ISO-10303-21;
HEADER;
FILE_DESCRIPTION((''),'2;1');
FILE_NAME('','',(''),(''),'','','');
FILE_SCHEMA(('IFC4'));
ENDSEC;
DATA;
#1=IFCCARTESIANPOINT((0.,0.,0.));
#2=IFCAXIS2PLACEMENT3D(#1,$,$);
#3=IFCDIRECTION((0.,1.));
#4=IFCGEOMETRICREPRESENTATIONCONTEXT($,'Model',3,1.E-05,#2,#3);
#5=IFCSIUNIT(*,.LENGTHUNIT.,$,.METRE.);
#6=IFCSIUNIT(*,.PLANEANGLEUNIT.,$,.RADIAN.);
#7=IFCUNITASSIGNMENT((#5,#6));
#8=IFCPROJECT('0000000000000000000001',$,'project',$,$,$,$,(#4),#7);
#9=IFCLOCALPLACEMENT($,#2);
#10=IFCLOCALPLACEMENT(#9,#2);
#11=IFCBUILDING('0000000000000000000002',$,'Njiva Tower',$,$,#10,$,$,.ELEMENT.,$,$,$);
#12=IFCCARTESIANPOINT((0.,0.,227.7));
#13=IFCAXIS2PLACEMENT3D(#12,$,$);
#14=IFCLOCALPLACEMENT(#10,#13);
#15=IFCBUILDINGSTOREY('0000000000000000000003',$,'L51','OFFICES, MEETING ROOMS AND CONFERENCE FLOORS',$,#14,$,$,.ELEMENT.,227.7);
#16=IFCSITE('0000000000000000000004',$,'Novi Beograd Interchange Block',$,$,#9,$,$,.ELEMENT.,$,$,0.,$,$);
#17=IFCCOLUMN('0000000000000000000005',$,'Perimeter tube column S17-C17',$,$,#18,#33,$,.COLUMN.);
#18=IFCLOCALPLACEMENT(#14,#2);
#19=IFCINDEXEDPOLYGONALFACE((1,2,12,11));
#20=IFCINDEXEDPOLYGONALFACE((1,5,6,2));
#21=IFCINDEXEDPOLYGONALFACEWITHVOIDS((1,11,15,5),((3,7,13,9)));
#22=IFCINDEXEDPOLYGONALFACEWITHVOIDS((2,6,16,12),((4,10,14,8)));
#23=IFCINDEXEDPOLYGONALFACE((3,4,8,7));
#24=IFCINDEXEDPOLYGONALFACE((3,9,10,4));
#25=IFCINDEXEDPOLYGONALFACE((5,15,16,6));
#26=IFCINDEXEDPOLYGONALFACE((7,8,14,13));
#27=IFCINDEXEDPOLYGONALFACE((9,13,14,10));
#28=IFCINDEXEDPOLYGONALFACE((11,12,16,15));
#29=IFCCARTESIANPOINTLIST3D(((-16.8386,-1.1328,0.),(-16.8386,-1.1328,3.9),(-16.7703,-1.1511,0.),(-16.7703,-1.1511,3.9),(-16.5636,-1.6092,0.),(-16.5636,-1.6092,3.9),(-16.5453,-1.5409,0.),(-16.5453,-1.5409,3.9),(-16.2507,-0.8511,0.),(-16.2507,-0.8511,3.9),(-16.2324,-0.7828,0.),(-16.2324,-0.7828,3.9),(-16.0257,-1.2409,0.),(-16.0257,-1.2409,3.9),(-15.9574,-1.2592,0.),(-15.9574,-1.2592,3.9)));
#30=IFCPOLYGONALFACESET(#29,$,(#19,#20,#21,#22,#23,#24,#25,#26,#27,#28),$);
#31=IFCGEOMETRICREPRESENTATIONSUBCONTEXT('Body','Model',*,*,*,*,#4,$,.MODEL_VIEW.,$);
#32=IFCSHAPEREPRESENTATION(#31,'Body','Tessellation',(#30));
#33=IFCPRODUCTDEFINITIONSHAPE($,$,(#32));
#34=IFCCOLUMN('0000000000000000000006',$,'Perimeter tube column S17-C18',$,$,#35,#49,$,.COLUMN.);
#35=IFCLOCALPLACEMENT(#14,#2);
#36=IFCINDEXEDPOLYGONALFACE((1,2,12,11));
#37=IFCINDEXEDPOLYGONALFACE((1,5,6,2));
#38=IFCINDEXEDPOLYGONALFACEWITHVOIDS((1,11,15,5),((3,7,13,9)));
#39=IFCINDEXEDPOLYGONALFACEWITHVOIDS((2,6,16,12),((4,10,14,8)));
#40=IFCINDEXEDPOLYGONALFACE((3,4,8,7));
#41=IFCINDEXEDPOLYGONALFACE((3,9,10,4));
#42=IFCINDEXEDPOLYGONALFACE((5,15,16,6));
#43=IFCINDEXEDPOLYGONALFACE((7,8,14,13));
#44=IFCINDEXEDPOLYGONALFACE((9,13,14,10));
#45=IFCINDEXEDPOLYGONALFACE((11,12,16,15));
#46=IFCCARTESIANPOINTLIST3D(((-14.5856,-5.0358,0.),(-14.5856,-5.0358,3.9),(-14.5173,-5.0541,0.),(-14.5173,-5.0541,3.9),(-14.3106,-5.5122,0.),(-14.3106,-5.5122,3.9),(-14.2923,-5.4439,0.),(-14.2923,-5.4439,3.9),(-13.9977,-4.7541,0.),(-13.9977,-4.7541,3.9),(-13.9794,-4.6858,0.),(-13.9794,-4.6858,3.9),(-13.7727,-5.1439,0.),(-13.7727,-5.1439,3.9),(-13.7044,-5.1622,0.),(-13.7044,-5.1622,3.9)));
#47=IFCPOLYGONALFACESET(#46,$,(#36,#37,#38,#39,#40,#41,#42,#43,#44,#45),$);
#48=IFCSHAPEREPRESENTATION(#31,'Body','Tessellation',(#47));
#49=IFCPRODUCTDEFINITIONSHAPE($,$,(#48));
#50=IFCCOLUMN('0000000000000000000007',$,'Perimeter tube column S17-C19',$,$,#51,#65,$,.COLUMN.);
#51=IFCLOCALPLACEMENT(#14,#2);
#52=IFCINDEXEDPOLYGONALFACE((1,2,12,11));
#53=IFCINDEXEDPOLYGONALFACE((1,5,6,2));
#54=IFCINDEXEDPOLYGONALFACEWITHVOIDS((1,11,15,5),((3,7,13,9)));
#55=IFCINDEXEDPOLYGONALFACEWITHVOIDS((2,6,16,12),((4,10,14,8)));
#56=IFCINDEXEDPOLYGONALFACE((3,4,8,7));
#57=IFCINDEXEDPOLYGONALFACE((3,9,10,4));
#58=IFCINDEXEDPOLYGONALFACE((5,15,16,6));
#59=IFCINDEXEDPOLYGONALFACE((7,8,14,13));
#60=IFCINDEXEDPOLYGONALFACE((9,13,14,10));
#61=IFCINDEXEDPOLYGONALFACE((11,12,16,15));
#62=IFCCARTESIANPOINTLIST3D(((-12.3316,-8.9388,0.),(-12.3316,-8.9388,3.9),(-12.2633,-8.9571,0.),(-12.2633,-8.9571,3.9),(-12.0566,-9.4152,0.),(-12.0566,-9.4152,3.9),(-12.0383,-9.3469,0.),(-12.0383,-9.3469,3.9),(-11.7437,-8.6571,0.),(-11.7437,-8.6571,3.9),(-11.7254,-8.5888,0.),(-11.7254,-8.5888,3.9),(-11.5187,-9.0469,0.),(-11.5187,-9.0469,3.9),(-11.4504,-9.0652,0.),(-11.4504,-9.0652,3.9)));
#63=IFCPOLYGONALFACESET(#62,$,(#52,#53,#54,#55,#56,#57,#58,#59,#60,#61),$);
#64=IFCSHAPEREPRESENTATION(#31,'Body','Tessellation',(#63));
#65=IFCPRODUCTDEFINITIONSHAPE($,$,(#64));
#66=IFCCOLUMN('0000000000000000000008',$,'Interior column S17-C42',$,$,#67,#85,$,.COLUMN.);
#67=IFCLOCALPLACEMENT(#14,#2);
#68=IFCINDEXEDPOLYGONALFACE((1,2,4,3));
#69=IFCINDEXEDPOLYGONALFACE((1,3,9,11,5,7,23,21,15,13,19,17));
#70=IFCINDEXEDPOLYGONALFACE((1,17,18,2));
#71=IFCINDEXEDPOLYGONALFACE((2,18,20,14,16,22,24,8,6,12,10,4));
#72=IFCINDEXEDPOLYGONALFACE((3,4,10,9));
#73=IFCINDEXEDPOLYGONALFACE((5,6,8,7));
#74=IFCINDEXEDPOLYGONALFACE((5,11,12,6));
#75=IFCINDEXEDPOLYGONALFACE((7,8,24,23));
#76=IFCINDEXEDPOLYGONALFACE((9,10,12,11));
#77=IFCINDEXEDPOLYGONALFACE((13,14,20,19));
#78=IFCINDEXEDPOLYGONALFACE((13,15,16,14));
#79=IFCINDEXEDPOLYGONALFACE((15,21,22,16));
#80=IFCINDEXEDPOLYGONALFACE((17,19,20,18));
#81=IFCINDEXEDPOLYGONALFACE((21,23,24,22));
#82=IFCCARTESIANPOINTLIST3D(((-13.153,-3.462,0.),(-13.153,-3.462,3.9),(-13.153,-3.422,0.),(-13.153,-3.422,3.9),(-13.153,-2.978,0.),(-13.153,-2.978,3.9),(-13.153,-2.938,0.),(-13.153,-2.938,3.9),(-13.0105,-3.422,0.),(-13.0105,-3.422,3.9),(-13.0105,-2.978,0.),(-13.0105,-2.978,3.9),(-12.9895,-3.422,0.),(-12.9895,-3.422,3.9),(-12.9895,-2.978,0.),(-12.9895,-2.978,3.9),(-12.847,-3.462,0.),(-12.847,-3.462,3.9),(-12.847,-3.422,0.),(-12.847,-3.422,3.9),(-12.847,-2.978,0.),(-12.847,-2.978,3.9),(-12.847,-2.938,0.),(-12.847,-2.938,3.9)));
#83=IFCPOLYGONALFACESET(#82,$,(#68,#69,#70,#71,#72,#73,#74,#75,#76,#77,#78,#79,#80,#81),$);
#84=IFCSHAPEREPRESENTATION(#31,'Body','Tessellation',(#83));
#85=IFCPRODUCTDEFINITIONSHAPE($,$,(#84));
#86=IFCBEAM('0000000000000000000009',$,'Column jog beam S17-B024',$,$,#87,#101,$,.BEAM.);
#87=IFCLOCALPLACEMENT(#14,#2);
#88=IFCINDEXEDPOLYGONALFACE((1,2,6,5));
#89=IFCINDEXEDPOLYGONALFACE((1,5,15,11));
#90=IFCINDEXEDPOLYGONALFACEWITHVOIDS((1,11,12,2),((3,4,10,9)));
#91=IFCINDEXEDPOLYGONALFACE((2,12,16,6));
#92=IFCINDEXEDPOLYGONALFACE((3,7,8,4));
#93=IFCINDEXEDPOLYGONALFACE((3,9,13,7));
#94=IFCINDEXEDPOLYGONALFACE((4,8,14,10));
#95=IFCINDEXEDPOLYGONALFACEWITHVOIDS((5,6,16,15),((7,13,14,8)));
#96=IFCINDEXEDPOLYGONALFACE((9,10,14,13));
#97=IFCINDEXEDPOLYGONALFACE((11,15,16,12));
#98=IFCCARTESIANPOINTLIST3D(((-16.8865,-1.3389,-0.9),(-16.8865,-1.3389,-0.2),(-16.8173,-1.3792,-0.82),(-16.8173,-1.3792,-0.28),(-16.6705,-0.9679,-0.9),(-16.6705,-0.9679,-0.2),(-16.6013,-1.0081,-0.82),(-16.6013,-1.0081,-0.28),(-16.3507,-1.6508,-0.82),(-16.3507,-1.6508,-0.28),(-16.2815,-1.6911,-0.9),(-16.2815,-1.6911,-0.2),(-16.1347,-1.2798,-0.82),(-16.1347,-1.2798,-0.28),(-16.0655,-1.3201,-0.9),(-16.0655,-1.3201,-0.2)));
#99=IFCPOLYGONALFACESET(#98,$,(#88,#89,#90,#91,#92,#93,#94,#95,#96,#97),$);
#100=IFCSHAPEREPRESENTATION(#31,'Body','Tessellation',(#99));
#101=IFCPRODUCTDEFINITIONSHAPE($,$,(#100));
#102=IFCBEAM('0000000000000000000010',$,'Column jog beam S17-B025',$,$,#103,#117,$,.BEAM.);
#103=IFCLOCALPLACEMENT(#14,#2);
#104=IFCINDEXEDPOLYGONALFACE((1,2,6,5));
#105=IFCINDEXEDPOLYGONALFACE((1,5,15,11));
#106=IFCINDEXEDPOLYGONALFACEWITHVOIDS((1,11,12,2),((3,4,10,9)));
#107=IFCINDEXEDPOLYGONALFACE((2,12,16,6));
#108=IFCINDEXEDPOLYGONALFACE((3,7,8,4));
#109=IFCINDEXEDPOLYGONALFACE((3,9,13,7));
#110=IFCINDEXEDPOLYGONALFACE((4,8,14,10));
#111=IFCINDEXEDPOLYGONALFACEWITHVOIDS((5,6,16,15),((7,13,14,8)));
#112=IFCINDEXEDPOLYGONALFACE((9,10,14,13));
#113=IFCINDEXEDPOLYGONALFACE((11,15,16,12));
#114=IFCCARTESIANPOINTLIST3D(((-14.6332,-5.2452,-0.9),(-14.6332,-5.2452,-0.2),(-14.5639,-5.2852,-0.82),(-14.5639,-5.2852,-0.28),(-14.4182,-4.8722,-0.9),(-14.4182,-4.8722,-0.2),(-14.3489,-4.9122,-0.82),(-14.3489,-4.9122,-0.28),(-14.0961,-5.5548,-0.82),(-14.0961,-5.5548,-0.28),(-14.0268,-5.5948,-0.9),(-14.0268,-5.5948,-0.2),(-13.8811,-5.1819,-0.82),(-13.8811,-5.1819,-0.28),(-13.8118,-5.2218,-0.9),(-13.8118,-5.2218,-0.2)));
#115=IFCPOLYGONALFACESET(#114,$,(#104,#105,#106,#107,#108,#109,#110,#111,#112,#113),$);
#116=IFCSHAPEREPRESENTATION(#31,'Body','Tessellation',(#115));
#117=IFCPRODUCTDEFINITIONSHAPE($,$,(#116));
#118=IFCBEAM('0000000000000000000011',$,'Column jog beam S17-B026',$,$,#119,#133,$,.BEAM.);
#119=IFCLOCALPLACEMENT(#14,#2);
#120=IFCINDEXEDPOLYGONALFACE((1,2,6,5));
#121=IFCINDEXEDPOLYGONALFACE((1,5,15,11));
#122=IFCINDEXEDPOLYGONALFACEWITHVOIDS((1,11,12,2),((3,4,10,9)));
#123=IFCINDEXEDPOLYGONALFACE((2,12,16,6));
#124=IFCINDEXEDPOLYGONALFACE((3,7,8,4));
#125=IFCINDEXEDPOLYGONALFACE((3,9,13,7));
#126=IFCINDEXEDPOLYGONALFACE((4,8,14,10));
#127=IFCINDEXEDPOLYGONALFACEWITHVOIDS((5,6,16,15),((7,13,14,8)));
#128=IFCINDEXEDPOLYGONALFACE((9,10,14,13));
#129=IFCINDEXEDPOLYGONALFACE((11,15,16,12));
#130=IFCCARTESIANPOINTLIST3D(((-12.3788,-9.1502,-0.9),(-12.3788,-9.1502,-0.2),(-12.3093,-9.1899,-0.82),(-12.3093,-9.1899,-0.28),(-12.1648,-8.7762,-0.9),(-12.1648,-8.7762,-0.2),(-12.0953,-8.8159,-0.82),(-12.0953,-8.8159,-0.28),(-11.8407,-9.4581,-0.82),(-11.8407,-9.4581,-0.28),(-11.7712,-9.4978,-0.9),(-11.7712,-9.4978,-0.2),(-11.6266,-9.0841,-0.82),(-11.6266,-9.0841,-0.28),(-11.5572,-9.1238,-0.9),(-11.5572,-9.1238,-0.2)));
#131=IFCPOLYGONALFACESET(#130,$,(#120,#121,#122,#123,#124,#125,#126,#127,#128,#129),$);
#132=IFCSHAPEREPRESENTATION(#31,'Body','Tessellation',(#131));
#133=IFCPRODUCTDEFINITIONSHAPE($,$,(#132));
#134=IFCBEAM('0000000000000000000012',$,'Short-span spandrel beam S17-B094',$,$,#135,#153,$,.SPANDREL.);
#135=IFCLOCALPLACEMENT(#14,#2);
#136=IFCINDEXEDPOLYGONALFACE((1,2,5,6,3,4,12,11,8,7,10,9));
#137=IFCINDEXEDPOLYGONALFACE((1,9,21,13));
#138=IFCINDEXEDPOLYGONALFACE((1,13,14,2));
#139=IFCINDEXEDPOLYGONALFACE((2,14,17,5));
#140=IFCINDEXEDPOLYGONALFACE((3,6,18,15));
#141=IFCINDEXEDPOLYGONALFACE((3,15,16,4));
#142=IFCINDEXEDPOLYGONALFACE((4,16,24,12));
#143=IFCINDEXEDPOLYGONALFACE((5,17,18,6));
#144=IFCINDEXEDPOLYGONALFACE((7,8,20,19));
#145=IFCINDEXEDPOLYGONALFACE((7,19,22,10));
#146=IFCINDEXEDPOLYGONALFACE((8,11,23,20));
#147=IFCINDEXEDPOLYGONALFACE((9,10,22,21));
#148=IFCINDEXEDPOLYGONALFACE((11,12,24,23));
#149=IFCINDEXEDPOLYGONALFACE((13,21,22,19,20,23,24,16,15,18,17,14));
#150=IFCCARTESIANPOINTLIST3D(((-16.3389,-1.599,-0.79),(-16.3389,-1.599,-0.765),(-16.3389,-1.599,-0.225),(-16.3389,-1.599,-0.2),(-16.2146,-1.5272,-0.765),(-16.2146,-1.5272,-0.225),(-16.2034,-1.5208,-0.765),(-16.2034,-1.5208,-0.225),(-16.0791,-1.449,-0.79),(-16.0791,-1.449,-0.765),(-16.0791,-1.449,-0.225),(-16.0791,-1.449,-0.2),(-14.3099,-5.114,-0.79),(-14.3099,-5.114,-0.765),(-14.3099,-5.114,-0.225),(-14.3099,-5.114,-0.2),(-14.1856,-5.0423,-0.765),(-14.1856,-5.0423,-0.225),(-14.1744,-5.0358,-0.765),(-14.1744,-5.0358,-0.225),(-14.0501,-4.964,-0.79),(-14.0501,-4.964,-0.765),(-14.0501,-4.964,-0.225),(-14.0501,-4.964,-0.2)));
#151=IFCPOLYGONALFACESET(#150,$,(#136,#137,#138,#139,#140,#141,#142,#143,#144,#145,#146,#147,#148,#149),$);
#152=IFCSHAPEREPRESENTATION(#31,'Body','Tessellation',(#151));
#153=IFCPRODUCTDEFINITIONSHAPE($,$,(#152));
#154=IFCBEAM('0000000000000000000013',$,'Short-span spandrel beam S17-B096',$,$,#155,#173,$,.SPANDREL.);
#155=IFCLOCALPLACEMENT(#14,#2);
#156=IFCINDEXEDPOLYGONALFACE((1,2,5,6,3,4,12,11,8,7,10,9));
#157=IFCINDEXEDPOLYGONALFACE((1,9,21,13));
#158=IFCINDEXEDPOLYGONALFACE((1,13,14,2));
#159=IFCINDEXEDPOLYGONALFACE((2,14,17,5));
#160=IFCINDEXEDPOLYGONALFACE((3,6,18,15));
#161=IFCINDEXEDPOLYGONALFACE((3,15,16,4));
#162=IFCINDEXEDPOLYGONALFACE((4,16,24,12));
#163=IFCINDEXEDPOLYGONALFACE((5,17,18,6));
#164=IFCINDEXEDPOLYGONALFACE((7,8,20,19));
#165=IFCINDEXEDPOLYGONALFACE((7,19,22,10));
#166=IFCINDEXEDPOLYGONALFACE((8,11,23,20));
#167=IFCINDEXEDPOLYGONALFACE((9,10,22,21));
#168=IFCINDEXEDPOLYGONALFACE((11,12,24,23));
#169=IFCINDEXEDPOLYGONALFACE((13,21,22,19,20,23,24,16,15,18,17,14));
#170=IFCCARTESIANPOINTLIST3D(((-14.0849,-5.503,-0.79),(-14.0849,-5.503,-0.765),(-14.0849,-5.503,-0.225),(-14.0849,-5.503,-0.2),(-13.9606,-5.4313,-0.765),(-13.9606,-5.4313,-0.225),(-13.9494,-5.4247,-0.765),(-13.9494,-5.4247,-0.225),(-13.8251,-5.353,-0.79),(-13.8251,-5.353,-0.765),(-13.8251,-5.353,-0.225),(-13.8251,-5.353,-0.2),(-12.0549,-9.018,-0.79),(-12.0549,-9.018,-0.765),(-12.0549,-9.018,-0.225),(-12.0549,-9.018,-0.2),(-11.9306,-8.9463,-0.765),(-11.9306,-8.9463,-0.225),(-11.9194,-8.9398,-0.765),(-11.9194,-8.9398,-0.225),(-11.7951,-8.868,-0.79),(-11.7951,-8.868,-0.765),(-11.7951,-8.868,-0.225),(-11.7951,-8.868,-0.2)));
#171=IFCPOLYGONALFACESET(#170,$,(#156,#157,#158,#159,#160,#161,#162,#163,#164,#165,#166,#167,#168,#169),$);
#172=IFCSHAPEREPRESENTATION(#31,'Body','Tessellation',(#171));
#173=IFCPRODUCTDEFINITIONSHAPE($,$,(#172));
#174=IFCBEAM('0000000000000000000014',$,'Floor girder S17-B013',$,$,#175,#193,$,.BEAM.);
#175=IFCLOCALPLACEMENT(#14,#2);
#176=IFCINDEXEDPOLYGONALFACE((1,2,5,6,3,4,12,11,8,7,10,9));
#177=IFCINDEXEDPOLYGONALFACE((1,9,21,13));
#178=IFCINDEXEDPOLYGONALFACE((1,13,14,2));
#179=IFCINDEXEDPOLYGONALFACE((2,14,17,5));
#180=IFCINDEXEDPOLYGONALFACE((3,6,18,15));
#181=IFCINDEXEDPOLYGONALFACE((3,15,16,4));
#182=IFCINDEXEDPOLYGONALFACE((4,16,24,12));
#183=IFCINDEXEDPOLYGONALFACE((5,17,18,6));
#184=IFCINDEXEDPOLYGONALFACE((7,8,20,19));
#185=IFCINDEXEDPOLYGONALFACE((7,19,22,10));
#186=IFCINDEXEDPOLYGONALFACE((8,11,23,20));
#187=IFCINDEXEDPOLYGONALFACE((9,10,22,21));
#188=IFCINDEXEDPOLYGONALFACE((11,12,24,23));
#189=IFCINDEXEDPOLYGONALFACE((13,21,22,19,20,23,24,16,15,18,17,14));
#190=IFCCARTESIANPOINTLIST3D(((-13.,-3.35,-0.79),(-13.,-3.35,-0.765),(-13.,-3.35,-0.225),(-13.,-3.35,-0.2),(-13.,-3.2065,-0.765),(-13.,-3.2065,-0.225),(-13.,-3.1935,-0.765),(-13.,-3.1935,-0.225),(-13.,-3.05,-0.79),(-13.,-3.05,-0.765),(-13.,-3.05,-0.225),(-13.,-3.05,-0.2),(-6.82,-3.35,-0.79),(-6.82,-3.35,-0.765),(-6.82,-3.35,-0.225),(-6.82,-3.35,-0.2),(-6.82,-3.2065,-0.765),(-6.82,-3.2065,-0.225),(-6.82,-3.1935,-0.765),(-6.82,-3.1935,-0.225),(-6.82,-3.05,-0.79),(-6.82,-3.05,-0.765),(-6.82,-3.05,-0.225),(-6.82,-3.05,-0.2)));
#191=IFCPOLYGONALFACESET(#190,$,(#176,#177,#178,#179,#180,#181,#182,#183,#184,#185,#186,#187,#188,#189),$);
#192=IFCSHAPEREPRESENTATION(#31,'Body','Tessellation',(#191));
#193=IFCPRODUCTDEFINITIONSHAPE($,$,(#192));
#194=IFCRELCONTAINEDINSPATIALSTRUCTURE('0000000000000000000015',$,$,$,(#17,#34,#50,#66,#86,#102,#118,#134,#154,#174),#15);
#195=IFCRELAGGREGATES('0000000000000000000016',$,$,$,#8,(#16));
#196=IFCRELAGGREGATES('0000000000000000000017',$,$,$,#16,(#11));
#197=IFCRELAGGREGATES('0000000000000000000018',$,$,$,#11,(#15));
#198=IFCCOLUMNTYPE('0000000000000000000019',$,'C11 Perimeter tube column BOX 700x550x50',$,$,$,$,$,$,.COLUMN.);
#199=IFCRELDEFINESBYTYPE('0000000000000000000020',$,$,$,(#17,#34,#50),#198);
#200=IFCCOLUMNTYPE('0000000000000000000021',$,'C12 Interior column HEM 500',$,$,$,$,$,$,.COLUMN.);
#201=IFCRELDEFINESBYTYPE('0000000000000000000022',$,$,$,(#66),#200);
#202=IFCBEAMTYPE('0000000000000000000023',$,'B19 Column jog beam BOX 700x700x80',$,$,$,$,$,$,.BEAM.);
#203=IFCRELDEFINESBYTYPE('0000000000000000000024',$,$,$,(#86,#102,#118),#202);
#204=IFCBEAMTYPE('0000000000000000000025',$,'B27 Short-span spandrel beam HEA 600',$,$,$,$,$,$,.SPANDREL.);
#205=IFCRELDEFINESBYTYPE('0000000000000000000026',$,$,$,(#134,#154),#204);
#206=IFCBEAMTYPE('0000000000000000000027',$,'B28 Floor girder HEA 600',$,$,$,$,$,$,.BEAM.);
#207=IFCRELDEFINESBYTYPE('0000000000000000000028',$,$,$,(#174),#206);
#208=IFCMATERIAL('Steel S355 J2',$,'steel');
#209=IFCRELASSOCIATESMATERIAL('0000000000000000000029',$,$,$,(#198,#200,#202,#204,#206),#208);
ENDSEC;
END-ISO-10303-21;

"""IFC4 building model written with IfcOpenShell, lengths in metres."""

from ifc_helpers import new_model, si_unit, direction, frame, origin, origin_2d, place, context, subcontext, project, spatial, hollow_rectangle, i_section, extrude, material, material_profile, profile_set, type_object, element, save


model = new_model("IFC4")

# Units and contexts
model_context = context("Model", 3, precision=1e-05, world=origin(), true_north=direction((0.0, 1.0)))
body_context = subcontext(model_context, "Body", "Model", "MODEL_VIEW")
ifc_project = project(units=[si_unit("LENGTHUNIT", "METRE"), si_unit("PLANEANGLEUNIT", "RADIAN")], contexts=[model_context])

# Site, building, storey
site_placement = place(None, origin())
site = spatial("IfcSite", under=ifc_project, at=site_placement, Name="Novi Beograd Interchange Block", CompositionType="ELEMENT", RefElevation=0.0)
building_placement = place(site_placement, origin())
building = spatial("IfcBuilding", under=site, at=building_placement, Name="Njiva Tower", CompositionType="ELEMENT")
storey_placement = place(building_placement, frame((0.0, 0.0, 227.7)))
storey = spatial("IfcBuildingStorey", under=building, at=storey_placement, Name="L51", Description="OFFICES, MEETING ROOMS AND CONFERENCE FLOORS", CompositionType="ELEMENT", Elevation=227.7)

# Columns
ifc_material_1 = material(Name="Steel S355 J2", Category="steel")
ifc_material_profile_1 = material_profile(ifc_material_1, hollow_rectangle(XDim=0.55, YDim=0.7, WallThickness=0.05, at=origin_2d()), Name="BOX 700x550x50")
ifc_profile_set_1 = profile_set([ifc_material_profile_1], Name="Steel S355 J2")
column_type_1 = type_object("IfcColumnType", Name="C11 Perimeter tube column BOX 700x550x50", PredefinedType="COLUMN", material=ifc_profile_set_1)
for number, where, z_axis, x_axis, name in (
    (1, (-16.398, -1.196, 0.0), (0.0, 0.0, 1.0), (0.5, -0.866025, 0.0), "Perimeter tube column S17-C17"),
    (2, (-14.145, -5.099, 0.0), (0.0, 0.0, 1.0), (0.5, -0.866025, 0.0), "Perimeter tube column S17-C18"),
    (3, (-11.891, -9.002, 0.0), (0.0, 0.0, 1.0), (0.5, -0.866025, 0.0), "Perimeter tube column S17-C19"),
):
    element("IfcColumn", number, at=place(storey_placement, frame(where, z_axis=z_axis, x_axis=x_axis)), inside=storey, type_object=column_type_1, Name=name, PredefinedType="COLUMN", context=body_context, shape_type="SweptSolid", body=[
        extrude(hollow_rectangle(XDim=0.55, YDim=0.7, WallThickness=0.05, at=origin_2d()), origin(), (0.0, 0.0, 1.0), 3.9),
    ])
ifc_material_profile_2 = material_profile(ifc_material_1, i_section(OverallWidth=0.306, OverallDepth=0.524, WebThickness=0.021, FlangeThickness=0.04, at=origin_2d()), Name="HEM 500")
ifc_profile_set_2 = profile_set([ifc_material_profile_2], Name="Steel S355 J2")
column_type_2 = type_object("IfcColumnType", Name="C12 Interior column HEM 500", PredefinedType="COLUMN", material=ifc_profile_set_2)
column_placement = place(storey_placement, frame((-13.0, -3.2, 0.0), z_axis=(0.0, 0.0, 1.0), x_axis=(1.0, 0.0, 0.0)))
element("IfcColumn", 4, at=column_placement, inside=storey, type_object=column_type_2, Name="Interior column S17-C42", PredefinedType="COLUMN", context=body_context, shape_type="SweptSolid", body=[
    extrude(i_section(OverallWidth=0.306, OverallDepth=0.524, WebThickness=0.021, FlangeThickness=0.04, at=origin_2d()), origin(), (0.0, 0.0, 1.0), 3.9),
])

# Beams
ifc_material_profile_3 = material_profile(ifc_material_1, hollow_rectangle(XDim=0.7, YDim=0.7, WallThickness=0.08, at=origin_2d()), Name="BOX 700x700x80")
ifc_profile_set_3 = profile_set([ifc_material_profile_3], Name="Steel S355 J2")
beam_type_1 = type_object("IfcBeamType", Name="B19 Column jog beam BOX 700x700x80", PredefinedType="BEAM", material=ifc_profile_set_3)
beam_1_placement = place(storey_placement, frame((-16.584, -1.515, -0.55), z_axis=(0.503147, 0.864201, 0.0), x_axis=(-0.864201, 0.503147, 0.0)))
element("IfcBeam", 5, at=beam_1_placement, inside=storey, type_object=beam_type_1, Name="Column jog beam S17-B024", PredefinedType="BEAM", context=body_context, shape_type="SweptSolid", body=[
    extrude(hollow_rectangle(XDim=0.7, YDim=0.7, WallThickness=0.08, at=origin_2d()), origin(), (0.0, 0.0, 1.0), 0.4293),
])
beam_2_placement = place(storey_placement, frame((-14.33, -5.42, -0.55), z_axis=(0.499387, 0.866379, 0.0), x_axis=(-0.866379, 0.499387, 0.0)))
element("IfcBeam", 6, at=beam_2_placement, inside=storey, type_object=beam_type_1, Name="Column jog beam S17-B025", PredefinedType="BEAM", context=body_context, shape_type="SweptSolid", body=[
    extrude(hollow_rectangle(XDim=0.7, YDim=0.7, WallThickness=0.08, at=origin_2d()), origin(), (0.0, 0.0, 1.0), 0.4305),
])
beam_3_placement = place(storey_placement, frame((-12.075, -9.324, -0.55), z_axis=(0.496639, 0.867957, 0.0), x_axis=(-0.867957, 0.496639, 0.0)))
element("IfcBeam", 7, at=beam_3_placement, inside=storey, type_object=beam_type_1, Name="Column jog beam S17-B026", PredefinedType="BEAM", context=body_context, shape_type="SweptSolid", body=[
    extrude(hollow_rectangle(XDim=0.7, YDim=0.7, WallThickness=0.08, at=origin_2d()), origin(), (0.0, 0.0, 1.0), 0.4309),
])
ifc_material_profile_4 = material_profile(ifc_material_1, i_section(OverallWidth=0.3, OverallDepth=0.59, WebThickness=0.013, FlangeThickness=0.025, at=origin_2d()), Name="HEA 600")
ifc_profile_set_4 = profile_set([ifc_material_profile_4], Name="Steel S355 J2")
beam_type_2 = type_object("IfcBeamType", Name="B27 Short-span spandrel beam HEA 600", PredefinedType="SPANDREL", material=ifc_profile_set_4)
beam_4_placement = place(storey_placement, frame((-16.209, -1.524, -0.495), z_axis=(0.499929, -0.866067, 0.0), x_axis=(0.866067, 0.499929, 0.0)))
element("IfcBeam", 8, at=beam_4_placement, inside=storey, type_object=beam_type_2, Name="Short-span spandrel beam S17-B094", PredefinedType="SPANDREL", context=body_context, shape_type="SweptSolid", body=[
    extrude(i_section(OverallWidth=0.3, OverallDepth=0.59, WebThickness=0.013, FlangeThickness=0.025, at=origin_2d()), origin(), (0.0, 0.0, 1.0), 4.0586),
])
beam_5_placement = place(storey_placement, frame((-13.955, -5.428, -0.495), z_axis=(0.500113, -0.86596, 0.0), x_axis=(0.86596, 0.500113, 0.0)))
element("IfcBeam", 9, at=beam_5_placement, inside=storey, type_object=beam_type_2, Name="Short-span spandrel beam S17-B096", PredefinedType="SPANDREL", context=body_context, shape_type="SweptSolid", body=[
    extrude(i_section(OverallWidth=0.3, OverallDepth=0.59, WebThickness=0.013, FlangeThickness=0.025, at=origin_2d()), origin(), (0.0, 0.0, 1.0), 4.0591),
])
ifc_material_profile_5 = material_profile(ifc_material_1, i_section(OverallWidth=0.3, OverallDepth=0.59, WebThickness=0.013, FlangeThickness=0.025, at=origin_2d()), Name="HEA 600")
ifc_profile_set_5 = profile_set([ifc_material_profile_5], Name="Steel S355 J2")
beam_type_3 = type_object("IfcBeamType", Name="B28 Floor girder HEA 600", PredefinedType="BEAM", material=ifc_profile_set_5)
beam_6_placement = place(storey_placement, frame((-13.0, -3.2, -0.495), z_axis=(1.0, 0.0, 0.0), x_axis=(0.0, 1.0, 0.0)))
element("IfcBeam", 10, at=beam_6_placement, inside=storey, type_object=beam_type_3, Name="Floor girder S17-B013", PredefinedType="BEAM", context=body_context, shape_type="SweptSolid", body=[
    extrude(i_section(OverallWidth=0.3, OverallDepth=0.59, WebThickness=0.013, FlangeThickness=0.025, at=origin_2d()), origin(), (0.0, 0.0, 1.0), 6.18),
])

save(model, "model.ifc")
